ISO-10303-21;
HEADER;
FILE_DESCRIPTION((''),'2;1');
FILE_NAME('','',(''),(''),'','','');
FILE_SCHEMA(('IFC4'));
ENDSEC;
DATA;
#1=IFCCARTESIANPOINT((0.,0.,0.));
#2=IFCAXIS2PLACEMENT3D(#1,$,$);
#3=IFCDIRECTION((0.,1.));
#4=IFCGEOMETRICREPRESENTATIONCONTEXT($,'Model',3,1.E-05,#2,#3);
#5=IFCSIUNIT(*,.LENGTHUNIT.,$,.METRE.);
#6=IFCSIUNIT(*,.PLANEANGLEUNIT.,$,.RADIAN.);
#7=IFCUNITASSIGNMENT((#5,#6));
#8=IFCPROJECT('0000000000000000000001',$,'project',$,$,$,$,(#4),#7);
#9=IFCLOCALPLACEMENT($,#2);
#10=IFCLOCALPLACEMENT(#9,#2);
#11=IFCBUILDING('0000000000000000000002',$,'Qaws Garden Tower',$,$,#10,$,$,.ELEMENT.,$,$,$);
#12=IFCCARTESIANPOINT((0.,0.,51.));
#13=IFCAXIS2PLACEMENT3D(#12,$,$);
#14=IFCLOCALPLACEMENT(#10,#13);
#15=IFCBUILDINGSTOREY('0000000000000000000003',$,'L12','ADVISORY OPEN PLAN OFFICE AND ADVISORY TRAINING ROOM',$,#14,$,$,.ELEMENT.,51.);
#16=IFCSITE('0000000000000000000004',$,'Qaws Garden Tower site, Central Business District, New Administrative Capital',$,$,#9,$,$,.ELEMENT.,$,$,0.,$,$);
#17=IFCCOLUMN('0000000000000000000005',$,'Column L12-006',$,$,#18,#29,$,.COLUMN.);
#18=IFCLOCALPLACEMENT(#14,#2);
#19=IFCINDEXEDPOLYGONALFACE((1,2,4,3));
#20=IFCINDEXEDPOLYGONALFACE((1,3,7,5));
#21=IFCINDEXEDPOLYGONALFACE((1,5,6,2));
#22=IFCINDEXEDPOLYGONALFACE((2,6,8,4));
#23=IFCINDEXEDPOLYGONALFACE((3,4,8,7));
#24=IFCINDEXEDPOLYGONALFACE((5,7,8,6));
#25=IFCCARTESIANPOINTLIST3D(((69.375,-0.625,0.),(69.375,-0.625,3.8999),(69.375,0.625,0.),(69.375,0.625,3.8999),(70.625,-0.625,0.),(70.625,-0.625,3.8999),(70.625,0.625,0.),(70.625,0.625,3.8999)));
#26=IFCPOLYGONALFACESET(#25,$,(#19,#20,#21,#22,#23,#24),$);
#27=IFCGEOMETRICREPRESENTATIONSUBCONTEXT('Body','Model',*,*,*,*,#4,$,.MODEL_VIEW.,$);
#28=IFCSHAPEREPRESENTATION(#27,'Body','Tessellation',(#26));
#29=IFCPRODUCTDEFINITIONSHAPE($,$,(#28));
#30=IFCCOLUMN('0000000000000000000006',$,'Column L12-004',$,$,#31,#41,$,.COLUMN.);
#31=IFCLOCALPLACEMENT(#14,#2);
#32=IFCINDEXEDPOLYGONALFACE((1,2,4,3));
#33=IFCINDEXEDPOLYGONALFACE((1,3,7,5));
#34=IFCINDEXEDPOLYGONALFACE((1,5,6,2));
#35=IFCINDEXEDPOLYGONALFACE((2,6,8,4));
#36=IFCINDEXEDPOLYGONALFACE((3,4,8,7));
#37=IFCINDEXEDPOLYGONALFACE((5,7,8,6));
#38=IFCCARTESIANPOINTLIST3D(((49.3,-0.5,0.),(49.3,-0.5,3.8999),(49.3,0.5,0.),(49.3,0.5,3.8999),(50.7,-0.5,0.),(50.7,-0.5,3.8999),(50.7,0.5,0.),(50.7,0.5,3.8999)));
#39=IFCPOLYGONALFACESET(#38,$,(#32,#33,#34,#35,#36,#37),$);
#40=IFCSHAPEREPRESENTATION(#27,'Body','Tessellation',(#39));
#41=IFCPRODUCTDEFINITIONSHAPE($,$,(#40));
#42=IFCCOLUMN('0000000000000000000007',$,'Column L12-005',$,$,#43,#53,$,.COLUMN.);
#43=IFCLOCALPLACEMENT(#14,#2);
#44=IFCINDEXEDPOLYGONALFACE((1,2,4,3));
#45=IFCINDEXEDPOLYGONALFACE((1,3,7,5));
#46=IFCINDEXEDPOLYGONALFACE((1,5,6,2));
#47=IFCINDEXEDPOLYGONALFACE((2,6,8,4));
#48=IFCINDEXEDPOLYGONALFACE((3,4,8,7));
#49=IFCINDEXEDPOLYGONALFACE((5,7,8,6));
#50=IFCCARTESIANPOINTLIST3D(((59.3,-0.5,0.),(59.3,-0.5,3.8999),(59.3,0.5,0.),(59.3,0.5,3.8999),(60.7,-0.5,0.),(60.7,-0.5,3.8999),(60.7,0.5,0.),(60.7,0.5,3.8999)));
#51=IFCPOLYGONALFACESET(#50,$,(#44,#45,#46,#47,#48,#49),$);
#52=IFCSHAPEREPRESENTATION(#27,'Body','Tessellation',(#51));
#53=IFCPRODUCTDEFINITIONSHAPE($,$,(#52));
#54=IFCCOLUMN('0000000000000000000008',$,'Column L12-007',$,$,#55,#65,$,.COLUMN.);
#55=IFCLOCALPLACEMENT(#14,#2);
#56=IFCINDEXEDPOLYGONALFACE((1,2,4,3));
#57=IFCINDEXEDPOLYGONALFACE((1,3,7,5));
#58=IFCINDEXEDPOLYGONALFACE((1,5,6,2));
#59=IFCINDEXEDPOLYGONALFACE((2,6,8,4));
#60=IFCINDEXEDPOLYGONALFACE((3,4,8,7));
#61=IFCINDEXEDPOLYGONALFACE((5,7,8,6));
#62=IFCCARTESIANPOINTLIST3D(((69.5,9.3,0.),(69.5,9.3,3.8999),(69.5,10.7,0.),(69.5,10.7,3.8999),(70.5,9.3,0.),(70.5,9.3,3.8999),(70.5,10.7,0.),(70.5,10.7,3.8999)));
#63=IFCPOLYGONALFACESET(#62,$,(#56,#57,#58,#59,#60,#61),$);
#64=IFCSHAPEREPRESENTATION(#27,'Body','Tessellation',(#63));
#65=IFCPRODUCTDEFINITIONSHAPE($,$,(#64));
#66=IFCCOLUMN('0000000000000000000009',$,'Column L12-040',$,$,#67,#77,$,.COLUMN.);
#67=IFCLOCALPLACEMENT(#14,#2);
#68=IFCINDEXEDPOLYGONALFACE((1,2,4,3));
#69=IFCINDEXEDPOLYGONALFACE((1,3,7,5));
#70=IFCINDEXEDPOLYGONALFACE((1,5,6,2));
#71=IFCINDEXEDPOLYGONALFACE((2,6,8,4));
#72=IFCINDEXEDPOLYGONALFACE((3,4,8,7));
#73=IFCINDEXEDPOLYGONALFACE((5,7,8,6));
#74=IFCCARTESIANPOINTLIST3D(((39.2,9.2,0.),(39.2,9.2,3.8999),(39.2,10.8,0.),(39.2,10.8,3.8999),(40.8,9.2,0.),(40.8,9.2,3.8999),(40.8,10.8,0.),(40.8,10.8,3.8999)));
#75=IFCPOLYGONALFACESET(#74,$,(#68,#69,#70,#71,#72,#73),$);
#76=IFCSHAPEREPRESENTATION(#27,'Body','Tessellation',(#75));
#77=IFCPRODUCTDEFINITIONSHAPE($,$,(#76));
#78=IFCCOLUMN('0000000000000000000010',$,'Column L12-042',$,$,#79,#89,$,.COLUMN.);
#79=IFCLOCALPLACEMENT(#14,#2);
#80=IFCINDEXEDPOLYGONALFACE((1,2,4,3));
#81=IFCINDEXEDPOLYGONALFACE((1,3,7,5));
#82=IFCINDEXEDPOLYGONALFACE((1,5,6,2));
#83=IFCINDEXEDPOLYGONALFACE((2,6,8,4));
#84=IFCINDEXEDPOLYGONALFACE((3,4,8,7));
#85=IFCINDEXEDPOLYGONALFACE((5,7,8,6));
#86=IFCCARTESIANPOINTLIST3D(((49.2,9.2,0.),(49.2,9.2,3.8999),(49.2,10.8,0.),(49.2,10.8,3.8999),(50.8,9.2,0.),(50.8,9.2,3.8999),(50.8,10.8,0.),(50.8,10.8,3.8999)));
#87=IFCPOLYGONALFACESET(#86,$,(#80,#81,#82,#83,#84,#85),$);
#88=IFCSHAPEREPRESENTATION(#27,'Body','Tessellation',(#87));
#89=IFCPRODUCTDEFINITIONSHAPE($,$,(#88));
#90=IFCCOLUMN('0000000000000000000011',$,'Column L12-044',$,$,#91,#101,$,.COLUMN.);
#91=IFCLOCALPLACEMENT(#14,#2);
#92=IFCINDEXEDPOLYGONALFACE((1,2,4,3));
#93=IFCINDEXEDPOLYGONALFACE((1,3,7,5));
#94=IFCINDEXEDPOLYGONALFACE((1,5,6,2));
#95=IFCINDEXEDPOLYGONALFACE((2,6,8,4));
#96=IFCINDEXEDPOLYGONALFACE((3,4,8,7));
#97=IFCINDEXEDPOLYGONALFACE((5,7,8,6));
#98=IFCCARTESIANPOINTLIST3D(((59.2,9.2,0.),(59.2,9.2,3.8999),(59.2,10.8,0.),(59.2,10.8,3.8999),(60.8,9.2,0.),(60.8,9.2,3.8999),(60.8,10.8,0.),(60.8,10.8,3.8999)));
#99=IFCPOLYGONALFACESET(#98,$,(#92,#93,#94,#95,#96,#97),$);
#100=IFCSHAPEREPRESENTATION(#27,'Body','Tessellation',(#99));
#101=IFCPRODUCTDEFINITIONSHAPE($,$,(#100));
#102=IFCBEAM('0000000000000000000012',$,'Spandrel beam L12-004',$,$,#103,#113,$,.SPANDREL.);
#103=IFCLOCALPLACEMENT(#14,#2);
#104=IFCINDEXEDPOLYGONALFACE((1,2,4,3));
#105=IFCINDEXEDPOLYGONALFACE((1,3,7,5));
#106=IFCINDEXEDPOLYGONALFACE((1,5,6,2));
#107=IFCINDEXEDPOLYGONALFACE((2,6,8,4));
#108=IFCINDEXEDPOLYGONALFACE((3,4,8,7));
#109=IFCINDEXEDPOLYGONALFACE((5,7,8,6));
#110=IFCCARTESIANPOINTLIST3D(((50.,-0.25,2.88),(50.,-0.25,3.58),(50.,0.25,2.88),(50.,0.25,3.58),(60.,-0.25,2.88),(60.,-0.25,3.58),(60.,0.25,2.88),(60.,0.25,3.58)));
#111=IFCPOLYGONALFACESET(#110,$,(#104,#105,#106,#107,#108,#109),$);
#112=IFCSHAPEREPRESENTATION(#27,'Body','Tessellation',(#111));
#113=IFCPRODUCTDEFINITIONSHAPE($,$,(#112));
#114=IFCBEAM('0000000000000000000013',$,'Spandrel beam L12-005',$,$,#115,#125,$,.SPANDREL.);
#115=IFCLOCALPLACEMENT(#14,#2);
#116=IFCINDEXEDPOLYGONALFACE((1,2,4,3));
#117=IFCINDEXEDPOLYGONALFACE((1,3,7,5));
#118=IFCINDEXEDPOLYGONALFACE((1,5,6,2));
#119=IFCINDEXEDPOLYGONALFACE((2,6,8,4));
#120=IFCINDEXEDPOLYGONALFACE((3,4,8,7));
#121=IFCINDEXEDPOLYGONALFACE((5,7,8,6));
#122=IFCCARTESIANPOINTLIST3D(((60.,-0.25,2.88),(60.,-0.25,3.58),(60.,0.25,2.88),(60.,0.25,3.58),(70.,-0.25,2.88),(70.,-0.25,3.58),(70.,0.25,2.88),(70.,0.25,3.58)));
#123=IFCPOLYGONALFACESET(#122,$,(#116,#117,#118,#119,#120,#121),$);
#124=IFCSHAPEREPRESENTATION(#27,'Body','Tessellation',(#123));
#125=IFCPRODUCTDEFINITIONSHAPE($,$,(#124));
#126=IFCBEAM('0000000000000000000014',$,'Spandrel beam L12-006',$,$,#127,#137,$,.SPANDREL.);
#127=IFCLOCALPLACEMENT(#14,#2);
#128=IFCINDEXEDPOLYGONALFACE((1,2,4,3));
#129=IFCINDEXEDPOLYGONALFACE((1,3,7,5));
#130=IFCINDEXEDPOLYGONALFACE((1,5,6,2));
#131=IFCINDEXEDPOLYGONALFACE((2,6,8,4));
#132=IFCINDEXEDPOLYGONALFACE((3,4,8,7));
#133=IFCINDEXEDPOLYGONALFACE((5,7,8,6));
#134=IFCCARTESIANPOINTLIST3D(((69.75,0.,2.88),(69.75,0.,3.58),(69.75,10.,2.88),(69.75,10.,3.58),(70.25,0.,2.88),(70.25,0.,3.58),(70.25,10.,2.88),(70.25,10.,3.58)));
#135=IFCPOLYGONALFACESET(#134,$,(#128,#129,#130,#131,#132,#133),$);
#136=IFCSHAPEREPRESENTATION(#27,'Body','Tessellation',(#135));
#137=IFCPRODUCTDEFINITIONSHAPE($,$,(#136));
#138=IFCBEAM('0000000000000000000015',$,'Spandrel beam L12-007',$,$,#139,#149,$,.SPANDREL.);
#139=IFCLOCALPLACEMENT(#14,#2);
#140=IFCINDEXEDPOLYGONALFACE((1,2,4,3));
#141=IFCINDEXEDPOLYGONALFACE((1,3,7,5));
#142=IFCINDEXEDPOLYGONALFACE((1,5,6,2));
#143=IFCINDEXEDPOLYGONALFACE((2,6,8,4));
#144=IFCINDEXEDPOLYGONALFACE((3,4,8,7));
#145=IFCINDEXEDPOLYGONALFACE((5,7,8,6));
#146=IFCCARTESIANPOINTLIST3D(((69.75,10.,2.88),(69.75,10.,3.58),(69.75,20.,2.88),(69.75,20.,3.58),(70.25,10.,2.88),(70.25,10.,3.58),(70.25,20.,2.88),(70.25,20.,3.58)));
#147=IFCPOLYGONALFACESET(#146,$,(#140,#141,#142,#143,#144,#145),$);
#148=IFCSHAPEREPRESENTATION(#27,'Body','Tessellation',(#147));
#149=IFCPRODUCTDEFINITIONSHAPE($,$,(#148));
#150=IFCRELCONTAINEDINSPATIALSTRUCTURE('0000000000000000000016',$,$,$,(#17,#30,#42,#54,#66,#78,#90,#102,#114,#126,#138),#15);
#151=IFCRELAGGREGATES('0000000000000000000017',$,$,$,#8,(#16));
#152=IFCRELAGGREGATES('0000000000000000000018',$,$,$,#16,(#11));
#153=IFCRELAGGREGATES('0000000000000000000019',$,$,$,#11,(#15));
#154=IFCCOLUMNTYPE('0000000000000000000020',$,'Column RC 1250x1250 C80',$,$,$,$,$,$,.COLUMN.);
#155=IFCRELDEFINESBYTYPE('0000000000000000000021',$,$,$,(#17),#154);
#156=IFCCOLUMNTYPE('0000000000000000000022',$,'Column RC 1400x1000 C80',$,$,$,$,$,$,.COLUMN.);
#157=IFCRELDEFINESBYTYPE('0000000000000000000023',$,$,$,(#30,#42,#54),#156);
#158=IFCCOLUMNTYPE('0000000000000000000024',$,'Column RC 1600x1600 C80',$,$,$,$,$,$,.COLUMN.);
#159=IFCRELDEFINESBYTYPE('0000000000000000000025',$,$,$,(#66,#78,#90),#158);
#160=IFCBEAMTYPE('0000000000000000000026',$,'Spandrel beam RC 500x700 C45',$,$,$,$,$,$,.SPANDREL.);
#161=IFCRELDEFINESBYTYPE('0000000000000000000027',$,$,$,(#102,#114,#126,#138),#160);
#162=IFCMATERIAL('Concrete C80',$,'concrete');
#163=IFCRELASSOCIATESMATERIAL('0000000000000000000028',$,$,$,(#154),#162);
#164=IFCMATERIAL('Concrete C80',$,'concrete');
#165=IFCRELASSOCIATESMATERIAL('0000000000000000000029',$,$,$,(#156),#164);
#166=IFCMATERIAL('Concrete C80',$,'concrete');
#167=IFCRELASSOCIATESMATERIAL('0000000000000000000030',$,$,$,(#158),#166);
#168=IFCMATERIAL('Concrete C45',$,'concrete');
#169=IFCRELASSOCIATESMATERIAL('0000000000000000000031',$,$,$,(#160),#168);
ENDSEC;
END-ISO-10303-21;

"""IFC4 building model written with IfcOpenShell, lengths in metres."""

from ifc_helpers import new_model, si_unit, direction, frame, origin, origin_2d, place, context, subcontext, project, spatial, rectangle, extrude, material, material_profile, profile_set, type_object, element, save


model = new_model("IFC4")

# Units and contexts
model_context = context("Model", 3, precision=1e-05, world=origin(), true_north=direction((0.0, 1.0)))
body_context = subcontext(model_context, "Body", "Model", "MODEL_VIEW")
ifc_project = project(units=[si_unit("LENGTHUNIT", "METRE"), si_unit("PLANEANGLEUNIT", "RADIAN")], contexts=[model_context])

# Site, building, storey
site_placement = place(None, origin())
site = spatial("IfcSite", under=ifc_project, at=site_placement, Name="Qaws Garden Tower site, Central Business District, New Administrative Capital", CompositionType="ELEMENT", RefElevation=0.0)
building_placement = place(site_placement, origin())
building = spatial("IfcBuilding", under=site, at=building_placement, Name="Qaws Garden Tower", CompositionType="ELEMENT")
storey_placement = place(building_placement, frame((0.0, 0.0, 51.0)))
storey = spatial("IfcBuildingStorey", under=building, at=storey_placement, Name="L12", Description="ADVISORY OPEN PLAN OFFICE AND ADVISORY TRAINING ROOM", CompositionType="ELEMENT", Elevation=51.0)

# Columns
ifc_material_1 = material(Name="Concrete C80", Category="concrete")
ifc_material_profile_1 = material_profile(ifc_material_1, rectangle(XDim=1.25, YDim=1.25, at=origin_2d()), Name="RC 1250x1250")
ifc_profile_set_1 = profile_set([ifc_material_profile_1], Name="Concrete C80")
column_type_1 = type_object("IfcColumnType", Name="Column RC 1250x1250 C80", PredefinedType="COLUMN", material=ifc_profile_set_1)
column_placement = place(storey_placement, frame((70.0, 0.0, 0.0), z_axis=(0.0, 0.0, 1.0), x_axis=(1.0, 0.0, 0.0)))
element("IfcColumn", 1, at=column_placement, inside=storey, type_object=column_type_1, Name="Column L12-006", PredefinedType="COLUMN", context=body_context, shape_type="SweptSolid", body=[
    extrude(rectangle(XDim=1.25, YDim=1.25, at=origin_2d()), origin(), (0.0, 0.0, 1.0), 3.8999),
])
ifc_material_2 = material(Name="Concrete C80", Category="concrete")
ifc_material_profile_2 = material_profile(ifc_material_2, rectangle(XDim=1.3999, YDim=1.0, at=origin_2d()), Name="RC 1400x1000")
ifc_profile_set_2 = profile_set([ifc_material_profile_2], Name="Concrete C80")
column_type_2 = type_object("IfcColumnType", Name="Column RC 1400x1000 C80", PredefinedType="COLUMN", material=ifc_profile_set_2)
for number, where, z_axis, x_axis, name in (
    (2, (50.0, 0.0, 0.0), (0.0, 0.0, 1.0), (1.0, 0.0, 0.0), "Column L12-004"),
    (3, (60.0, 0.0, 0.0), (0.0, 0.0, 1.0), (1.0, 0.0, 0.0), "Column L12-005"),
    (4, (70.0, 10.0, 0.0), (0.0, 0.0, 1.0), (0.0, 1.0, 0.0), "Column L12-007"),
):
    element("IfcColumn", number, at=place(storey_placement, frame(where, z_axis=z_axis, x_axis=x_axis)), inside=storey, type_object=column_type_2, Name=name, PredefinedType="COLUMN", context=body_context, shape_type="SweptSolid", body=[
        extrude(rectangle(XDim=1.3999, YDim=1.0, at=origin_2d()), origin(), (0.0, 0.0, 1.0), 3.8999),
    ])
ifc_material_3 = material(Name="Concrete C80", Category="concrete")
ifc_material_profile_3 = material_profile(ifc_material_3, rectangle(XDim=1.6001, YDim=1.6001, at=origin_2d()), Name="RC 1600x1600")
ifc_profile_set_3 = profile_set([ifc_material_profile_3], Name="Concrete C80")
column_type_3 = type_object("IfcColumnType", Name="Column RC 1600x1600 C80", PredefinedType="COLUMN", material=ifc_profile_set_3)
for number, where, z_axis, x_axis, name in (
    (5, (40.0, 10.0, 0.0), (0.0, 0.0, 1.0), (1.0, 0.0, 0.0), "Column L12-040"),
    (6, (50.0, 10.0, 0.0), (0.0, 0.0, 1.0), (1.0, 0.0, 0.0), "Column L12-042"),
    (7, (60.0, 10.0, 0.0), (0.0, 0.0, 1.0), (1.0, 0.0, 0.0), "Column L12-044"),
):
    element("IfcColumn", number, at=place(storey_placement, frame(where, z_axis=z_axis, x_axis=x_axis)), inside=storey, type_object=column_type_3, Name=name, PredefinedType="COLUMN", context=body_context, shape_type="SweptSolid", body=[
        extrude(rectangle(XDim=1.6001, YDim=1.6001, at=origin_2d()), origin(), (0.0, 0.0, 1.0), 3.8999),
    ])

# Beams
ifc_material_4 = material(Name="Concrete C45", Category="concrete")
ifc_material_profile_4 = material_profile(ifc_material_4, rectangle(XDim=0.5, YDim=0.7, at=origin_2d()), Name="RC 500x700")
ifc_profile_set_4 = profile_set([ifc_material_profile_4], Name="Concrete C45")
beam_type = type_object("IfcBeamType", Name="Spandrel beam RC 500x700 C45", PredefinedType="SPANDREL", material=ifc_profile_set_4)
for number, where, z_axis, x_axis, name in (
    (8, (50.0, 0.0, 3.23), (1.0, 0.0, 0.0), (0.0, 1.0, 0.0), "Spandrel beam L12-004"),
    (9, (60.0, 0.0, 3.23), (1.0, 0.0, 0.0), (0.0, 1.0, 0.0), "Spandrel beam L12-005"),
    (10, (70.0, 0.0, 3.23), (0.0, 1.0, 0.0), (-1.0, 0.0, 0.0), "Spandrel beam L12-006"),
    (11, (70.0, 10.0, 3.23), (0.0, 1.0, 0.0), (-1.0, 0.0, 0.0), "Spandrel beam L12-007"),
):
    element("IfcBeam", number, at=place(storey_placement, frame(where, z_axis=z_axis, x_axis=x_axis)), inside=storey, type_object=beam_type, Name=name, PredefinedType="SPANDREL", context=body_context, shape_type="SweptSolid", body=[
        extrude(rectangle(XDim=0.5, YDim=0.7, at=origin_2d()), origin(), (0.0, 0.0, 1.0), 10.0),
    ])

save(model, "model.ifc")
